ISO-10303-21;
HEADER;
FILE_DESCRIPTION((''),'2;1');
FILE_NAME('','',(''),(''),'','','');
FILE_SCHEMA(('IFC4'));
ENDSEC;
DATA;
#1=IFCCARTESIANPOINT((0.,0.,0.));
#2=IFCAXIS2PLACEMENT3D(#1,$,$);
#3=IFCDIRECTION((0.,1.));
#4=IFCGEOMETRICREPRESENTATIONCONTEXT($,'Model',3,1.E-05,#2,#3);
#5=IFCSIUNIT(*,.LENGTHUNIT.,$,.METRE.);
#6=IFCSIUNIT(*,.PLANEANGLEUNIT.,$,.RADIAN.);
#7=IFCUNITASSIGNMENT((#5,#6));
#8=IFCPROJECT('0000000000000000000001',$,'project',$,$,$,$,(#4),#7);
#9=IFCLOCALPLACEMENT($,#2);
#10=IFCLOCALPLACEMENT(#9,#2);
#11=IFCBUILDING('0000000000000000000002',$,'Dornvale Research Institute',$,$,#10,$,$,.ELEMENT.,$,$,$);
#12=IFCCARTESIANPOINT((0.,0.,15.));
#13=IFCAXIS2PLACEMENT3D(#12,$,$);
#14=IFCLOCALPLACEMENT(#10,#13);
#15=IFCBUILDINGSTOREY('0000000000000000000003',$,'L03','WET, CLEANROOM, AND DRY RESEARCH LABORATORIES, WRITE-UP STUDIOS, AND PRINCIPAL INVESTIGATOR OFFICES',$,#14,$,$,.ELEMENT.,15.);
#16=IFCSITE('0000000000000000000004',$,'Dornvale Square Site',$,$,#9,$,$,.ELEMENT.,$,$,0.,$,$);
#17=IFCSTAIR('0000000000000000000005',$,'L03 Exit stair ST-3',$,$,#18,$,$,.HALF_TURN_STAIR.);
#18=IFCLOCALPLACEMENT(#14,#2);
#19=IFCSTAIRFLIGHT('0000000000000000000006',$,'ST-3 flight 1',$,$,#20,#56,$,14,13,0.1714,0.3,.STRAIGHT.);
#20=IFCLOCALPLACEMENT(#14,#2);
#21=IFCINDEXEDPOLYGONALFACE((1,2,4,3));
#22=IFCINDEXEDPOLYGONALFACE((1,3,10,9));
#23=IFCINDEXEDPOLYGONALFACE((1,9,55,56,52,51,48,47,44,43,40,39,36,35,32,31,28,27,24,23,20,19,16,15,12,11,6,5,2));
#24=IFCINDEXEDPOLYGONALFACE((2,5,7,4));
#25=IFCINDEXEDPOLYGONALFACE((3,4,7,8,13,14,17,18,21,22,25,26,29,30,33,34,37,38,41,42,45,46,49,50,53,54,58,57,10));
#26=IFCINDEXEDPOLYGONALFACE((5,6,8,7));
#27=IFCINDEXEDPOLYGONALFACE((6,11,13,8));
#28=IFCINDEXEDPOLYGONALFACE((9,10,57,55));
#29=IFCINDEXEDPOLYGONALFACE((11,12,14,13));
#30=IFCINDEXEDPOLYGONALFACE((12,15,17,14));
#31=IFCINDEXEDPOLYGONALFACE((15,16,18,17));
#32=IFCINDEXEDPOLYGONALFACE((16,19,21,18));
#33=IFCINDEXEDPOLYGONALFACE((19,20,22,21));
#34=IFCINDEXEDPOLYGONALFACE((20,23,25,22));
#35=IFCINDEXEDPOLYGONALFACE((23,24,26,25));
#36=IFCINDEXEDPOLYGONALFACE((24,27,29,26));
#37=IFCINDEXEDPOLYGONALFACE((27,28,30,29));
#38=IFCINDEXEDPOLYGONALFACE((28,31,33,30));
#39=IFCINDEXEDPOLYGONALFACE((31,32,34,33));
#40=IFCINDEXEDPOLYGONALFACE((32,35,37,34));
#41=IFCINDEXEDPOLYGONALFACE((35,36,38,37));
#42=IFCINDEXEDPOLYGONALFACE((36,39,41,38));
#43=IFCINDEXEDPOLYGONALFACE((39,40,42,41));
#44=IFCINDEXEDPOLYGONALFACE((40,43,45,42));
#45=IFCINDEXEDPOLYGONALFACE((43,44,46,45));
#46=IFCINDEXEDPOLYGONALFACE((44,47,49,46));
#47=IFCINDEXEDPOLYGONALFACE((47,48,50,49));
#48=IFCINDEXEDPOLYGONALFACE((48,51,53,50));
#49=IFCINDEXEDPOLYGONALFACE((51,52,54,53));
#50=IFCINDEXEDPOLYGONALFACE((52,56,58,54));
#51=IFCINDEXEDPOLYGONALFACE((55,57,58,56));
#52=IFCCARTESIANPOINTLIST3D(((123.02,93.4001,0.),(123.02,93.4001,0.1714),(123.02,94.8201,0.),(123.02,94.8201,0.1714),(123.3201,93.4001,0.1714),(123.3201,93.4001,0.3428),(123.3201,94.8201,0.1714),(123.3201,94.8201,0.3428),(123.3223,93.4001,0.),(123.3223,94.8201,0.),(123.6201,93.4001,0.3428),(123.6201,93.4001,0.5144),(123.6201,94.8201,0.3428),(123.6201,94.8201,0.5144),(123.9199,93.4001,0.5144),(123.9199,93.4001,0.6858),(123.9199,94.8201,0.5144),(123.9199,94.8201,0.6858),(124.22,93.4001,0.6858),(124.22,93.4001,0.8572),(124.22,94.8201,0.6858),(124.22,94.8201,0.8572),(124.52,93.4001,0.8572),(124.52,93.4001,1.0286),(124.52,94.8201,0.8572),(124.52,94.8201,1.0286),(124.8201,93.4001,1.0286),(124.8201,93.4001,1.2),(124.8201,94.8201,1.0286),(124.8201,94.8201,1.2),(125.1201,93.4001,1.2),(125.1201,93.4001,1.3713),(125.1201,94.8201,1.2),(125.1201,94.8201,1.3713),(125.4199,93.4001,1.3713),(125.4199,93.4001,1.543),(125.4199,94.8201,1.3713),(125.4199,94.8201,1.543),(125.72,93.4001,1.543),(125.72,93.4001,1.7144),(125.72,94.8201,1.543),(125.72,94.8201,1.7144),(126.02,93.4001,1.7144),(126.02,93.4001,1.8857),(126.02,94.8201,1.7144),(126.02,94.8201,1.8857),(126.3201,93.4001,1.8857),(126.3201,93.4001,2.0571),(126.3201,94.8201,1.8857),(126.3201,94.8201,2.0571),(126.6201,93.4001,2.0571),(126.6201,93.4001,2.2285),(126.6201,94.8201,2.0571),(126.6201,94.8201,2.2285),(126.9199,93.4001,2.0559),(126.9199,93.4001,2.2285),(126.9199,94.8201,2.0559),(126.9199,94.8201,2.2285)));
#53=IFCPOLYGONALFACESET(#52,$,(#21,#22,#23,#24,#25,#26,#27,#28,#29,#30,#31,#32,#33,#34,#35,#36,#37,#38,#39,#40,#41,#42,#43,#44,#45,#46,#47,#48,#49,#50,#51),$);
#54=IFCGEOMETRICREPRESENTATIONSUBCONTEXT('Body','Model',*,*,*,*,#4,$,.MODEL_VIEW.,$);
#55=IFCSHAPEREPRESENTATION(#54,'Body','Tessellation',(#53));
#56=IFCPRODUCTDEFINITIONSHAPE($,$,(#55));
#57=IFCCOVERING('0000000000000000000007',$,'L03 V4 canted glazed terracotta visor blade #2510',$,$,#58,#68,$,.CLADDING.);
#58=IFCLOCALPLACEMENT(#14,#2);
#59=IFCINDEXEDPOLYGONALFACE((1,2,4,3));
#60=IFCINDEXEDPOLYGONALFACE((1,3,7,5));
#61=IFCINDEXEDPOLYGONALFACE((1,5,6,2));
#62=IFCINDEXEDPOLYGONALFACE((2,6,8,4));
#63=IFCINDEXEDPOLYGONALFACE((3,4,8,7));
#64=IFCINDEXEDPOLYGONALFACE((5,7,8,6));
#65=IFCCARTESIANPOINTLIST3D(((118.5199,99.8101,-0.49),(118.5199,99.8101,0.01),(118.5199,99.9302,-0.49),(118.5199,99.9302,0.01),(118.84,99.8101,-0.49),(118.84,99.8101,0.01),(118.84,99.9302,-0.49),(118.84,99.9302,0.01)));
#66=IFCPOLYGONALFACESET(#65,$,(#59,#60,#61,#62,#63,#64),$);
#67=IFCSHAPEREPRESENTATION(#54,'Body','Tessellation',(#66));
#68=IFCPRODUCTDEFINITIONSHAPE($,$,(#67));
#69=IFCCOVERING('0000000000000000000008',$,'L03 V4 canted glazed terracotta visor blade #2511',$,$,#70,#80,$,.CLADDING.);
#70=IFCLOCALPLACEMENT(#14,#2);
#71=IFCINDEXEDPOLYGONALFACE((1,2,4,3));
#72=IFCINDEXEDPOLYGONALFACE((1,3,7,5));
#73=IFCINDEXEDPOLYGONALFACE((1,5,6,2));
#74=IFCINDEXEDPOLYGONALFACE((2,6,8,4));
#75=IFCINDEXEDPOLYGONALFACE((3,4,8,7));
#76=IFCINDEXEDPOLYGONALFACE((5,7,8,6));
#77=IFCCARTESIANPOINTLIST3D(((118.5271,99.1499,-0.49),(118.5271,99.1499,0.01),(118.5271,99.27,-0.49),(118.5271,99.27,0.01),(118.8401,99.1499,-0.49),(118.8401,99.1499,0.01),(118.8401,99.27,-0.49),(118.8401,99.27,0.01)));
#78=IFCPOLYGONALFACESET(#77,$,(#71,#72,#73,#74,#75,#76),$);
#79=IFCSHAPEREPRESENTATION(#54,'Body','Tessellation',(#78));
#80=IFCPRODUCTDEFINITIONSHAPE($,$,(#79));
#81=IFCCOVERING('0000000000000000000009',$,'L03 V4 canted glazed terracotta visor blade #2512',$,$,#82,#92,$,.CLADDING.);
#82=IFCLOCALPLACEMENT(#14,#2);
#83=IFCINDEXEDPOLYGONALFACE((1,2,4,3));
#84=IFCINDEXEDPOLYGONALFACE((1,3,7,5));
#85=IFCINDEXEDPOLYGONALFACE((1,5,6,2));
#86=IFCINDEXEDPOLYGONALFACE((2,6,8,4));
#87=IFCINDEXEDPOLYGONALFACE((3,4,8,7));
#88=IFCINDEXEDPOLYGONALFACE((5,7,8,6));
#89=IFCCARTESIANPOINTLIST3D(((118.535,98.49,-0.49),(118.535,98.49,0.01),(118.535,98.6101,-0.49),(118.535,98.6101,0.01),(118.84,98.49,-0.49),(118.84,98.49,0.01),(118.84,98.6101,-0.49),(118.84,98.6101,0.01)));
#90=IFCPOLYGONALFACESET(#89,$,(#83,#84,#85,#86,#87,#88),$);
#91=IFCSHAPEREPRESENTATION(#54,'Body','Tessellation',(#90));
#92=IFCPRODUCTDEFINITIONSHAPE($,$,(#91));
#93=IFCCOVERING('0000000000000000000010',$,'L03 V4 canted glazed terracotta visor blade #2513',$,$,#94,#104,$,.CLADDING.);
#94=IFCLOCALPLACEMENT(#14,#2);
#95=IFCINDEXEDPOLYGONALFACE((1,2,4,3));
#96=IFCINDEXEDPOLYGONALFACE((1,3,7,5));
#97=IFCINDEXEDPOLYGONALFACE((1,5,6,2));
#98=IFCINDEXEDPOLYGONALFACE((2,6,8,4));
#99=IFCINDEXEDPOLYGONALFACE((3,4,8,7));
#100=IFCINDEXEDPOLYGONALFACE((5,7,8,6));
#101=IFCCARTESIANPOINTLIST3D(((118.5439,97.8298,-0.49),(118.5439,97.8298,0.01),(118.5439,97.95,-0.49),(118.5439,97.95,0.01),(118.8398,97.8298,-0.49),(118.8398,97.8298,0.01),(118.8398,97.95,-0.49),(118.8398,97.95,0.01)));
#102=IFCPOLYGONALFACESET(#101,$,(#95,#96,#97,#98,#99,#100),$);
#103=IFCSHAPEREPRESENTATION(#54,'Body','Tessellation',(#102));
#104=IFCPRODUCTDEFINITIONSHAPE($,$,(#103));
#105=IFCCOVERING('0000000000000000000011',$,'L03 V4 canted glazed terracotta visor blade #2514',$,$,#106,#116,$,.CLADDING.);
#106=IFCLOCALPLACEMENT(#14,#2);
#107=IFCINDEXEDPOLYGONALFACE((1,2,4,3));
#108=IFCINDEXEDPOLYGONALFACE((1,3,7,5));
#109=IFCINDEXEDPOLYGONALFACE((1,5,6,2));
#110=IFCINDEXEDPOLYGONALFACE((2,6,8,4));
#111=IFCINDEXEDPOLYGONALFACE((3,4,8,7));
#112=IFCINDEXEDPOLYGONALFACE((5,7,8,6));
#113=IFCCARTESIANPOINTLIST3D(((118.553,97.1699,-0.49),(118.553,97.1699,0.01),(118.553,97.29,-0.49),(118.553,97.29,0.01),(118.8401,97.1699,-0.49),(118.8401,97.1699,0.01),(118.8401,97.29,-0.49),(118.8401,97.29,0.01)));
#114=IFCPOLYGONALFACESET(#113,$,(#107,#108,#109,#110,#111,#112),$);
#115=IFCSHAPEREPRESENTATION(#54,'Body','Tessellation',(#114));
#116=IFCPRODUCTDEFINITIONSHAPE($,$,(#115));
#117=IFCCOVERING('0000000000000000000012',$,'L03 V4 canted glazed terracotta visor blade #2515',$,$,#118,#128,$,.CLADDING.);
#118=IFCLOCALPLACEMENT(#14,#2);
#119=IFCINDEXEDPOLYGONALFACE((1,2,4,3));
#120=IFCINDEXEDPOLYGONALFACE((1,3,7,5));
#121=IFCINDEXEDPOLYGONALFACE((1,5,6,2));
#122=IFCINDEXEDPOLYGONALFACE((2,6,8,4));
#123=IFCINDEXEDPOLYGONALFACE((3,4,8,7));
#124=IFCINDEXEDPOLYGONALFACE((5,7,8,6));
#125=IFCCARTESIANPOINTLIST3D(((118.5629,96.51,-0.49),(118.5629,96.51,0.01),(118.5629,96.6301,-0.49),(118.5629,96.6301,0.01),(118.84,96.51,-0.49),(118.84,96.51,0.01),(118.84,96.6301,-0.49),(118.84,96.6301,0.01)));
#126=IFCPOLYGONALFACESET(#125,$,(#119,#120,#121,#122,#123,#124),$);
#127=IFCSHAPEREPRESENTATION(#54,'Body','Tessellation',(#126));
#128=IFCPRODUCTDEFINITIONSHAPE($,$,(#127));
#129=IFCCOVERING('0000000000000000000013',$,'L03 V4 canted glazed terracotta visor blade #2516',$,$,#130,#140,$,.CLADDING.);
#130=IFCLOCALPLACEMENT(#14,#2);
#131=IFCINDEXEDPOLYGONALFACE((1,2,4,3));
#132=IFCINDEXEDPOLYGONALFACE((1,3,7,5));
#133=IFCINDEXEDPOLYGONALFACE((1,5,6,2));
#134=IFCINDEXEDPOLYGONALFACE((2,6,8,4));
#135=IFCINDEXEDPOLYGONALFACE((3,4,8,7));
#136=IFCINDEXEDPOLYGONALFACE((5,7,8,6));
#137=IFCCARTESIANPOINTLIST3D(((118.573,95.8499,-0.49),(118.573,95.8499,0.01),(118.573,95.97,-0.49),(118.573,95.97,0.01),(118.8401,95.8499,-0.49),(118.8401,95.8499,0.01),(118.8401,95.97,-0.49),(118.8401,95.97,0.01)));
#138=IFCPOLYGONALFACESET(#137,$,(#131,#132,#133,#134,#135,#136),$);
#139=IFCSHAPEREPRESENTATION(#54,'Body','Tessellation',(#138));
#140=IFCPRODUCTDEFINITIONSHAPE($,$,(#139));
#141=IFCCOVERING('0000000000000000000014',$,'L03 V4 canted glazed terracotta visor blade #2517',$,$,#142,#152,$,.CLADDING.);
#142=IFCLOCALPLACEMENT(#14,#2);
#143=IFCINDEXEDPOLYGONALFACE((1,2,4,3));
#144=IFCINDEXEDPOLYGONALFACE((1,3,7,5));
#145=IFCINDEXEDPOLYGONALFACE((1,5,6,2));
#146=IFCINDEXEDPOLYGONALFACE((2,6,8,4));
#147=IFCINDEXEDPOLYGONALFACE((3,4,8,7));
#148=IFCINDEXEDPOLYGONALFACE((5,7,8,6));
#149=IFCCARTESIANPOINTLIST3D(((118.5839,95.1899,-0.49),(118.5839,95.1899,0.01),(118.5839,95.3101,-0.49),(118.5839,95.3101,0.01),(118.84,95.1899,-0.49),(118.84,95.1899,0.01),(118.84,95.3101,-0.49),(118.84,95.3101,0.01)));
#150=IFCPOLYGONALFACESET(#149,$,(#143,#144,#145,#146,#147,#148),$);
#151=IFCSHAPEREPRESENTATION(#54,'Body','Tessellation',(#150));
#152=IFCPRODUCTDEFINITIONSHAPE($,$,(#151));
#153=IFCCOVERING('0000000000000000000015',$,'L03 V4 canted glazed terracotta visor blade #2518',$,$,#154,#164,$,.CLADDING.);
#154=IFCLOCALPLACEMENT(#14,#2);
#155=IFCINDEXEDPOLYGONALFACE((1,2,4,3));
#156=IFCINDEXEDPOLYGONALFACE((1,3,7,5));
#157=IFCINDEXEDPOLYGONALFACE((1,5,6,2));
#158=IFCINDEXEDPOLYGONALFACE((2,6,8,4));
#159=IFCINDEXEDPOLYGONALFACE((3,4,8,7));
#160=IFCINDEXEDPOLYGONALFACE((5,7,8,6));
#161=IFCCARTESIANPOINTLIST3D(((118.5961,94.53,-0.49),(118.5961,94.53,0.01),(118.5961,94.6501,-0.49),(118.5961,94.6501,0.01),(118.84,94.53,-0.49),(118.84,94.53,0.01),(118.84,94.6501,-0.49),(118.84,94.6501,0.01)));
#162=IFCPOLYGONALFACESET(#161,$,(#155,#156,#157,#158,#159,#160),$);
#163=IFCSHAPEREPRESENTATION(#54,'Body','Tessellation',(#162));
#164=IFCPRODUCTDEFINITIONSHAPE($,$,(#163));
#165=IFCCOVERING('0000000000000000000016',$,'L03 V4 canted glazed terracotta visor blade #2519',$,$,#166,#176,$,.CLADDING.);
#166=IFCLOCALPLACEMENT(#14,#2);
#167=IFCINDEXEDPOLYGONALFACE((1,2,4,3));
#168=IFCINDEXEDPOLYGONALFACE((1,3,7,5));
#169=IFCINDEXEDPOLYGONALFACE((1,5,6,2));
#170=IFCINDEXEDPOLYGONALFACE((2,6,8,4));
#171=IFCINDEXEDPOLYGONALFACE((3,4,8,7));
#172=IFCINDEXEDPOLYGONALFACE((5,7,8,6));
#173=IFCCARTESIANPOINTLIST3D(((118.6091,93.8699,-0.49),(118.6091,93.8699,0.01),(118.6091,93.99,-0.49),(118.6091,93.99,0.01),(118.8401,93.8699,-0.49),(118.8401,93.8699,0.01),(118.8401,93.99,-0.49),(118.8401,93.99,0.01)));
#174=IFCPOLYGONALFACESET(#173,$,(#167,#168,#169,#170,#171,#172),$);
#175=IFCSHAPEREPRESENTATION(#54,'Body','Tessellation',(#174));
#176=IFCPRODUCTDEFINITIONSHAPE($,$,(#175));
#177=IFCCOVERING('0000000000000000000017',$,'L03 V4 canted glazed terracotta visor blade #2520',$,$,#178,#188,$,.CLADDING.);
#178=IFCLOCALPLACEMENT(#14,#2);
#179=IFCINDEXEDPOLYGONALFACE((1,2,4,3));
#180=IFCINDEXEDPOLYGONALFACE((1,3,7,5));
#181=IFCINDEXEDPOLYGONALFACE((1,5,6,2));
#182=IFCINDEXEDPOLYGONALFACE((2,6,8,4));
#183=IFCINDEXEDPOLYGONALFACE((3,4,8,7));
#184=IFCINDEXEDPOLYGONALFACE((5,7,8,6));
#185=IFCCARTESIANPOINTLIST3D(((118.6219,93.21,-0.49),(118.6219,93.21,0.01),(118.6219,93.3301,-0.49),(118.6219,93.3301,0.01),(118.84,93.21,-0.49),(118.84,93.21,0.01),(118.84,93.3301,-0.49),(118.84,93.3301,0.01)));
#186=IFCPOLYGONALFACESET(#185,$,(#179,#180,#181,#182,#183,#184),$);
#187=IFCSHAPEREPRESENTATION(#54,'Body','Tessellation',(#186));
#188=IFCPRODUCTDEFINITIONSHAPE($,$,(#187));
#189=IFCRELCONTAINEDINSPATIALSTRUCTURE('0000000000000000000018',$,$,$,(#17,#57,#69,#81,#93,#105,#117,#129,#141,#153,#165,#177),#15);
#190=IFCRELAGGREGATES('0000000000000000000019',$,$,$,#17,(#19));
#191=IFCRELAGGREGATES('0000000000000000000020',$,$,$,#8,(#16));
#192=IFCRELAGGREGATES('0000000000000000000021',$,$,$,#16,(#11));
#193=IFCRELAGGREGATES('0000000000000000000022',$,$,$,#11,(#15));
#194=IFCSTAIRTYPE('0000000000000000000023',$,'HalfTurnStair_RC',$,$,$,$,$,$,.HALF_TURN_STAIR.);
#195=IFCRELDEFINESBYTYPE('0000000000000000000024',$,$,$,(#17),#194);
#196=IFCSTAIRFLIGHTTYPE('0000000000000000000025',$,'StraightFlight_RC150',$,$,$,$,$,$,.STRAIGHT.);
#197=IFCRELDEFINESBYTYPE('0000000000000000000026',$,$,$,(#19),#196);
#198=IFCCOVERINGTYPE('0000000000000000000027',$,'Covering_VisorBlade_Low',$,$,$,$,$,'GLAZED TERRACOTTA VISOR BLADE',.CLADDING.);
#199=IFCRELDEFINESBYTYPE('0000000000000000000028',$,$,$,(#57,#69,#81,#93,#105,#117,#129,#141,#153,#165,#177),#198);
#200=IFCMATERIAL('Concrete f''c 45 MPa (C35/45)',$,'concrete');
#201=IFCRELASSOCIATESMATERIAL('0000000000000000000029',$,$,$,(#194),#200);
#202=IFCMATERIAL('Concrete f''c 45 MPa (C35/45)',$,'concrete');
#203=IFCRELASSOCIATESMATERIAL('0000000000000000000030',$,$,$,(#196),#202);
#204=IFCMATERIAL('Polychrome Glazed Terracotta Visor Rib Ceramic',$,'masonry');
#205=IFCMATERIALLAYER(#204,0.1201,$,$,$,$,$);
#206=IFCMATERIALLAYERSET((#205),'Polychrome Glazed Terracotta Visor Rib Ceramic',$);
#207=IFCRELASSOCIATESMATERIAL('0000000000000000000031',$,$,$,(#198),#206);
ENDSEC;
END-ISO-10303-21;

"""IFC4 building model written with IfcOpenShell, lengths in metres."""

from ifc_helpers import new_model, si_unit, direction, frame, origin, origin_2d, place, context, subcontext, project, spatial, polyline, rectangle, outline, extrude, material, layer, layer_set, type_object, element, aggregate, save


model = new_model("IFC4")

# Units and contexts
model_context = context("Model", 3, precision=1e-05, world=origin(), true_north=direction((0.0, 1.0)))
body_context = subcontext(model_context, "Body", "Model", "MODEL_VIEW")
ifc_project = project(units=[si_unit("LENGTHUNIT", "METRE"), si_unit("PLANEANGLEUNIT", "RADIAN")], contexts=[model_context])

# Site, building, storey
site_placement = place(None, origin())
site = spatial("IfcSite", under=ifc_project, at=site_placement, Name="Dornvale Square Site", CompositionType="ELEMENT", RefElevation=0.0)
building_placement = place(site_placement, origin())
building = spatial("IfcBuilding", under=site, at=building_placement, Name="Dornvale Research Institute", CompositionType="ELEMENT")
storey_placement = place(building_placement, frame((0.0, 0.0, 15.0)))
storey = spatial("IfcBuildingStorey", under=building, at=storey_placement, Name="L03", Description="WET, CLEANROOM, AND DRY RESEARCH LABORATORIES, WRITE-UP STUDIOS, AND PRINCIPAL INVESTIGATOR OFFICES", CompositionType="ELEMENT", Elevation=15.0)

# Stair, stair flight
ifc_material_1 = material(Name="Concrete f'c 45 MPa (C35/45)", Category="concrete")
stair_type = type_object("IfcStairType", Name="HalfTurnStair_RC", PredefinedType="HALF_TURN_STAIR", material=ifc_material_1)
stair_placement = place(storey_placement, origin())
stair = element("IfcStair", 1, at=stair_placement, inside=storey, type_object=stair_type, Name="L03 Exit stair ST-3", PredefinedType="HALF_TURN_STAIR")
ifc_material_2 = material(Name="Concrete f'c 45 MPa (C35/45)", Category="concrete")
stair_flight_type = type_object("IfcStairFlightType", Name="StraightFlight_RC150", PredefinedType="STRAIGHT", material=ifc_material_2)
stair_flight_placement = place(storey_placement, frame((123.02, 94.1101, 0.0), z_axis=(0.0, 0.0, 1.0), x_axis=(1.0, 0.0, 0.0)))
stair_flight = element("IfcStairFlight", 2, at=stair_flight_placement, type_object=stair_flight_type, Name="ST-3 flight 1", NumberOfRisers=14, NumberOfTreads=13, PredefinedType="STRAIGHT", RiserHeight=0.1714, TreadLength=0.3, context=body_context, shape_type="SweptSolid", body=[
    extrude(outline(polyline([(0.0, 0.0), (0.0, 0.1714), (0.3, 0.1714), (0.3, 0.3428), (0.6001, 0.3428), (0.6001, 0.5144), (0.8999, 0.5144), (0.8999, 0.6858), (1.2, 0.6858), (1.2, 0.8572), (1.5, 0.8572), (1.5, 1.0286), (1.8, 1.0286), (1.8, 1.2), (2.1001, 1.2), (2.1001, 1.3713), (2.3999, 1.3713), (2.3999, 1.543), (2.7, 1.543), (2.7, 1.7144), (3.0, 1.7144), (3.0, 1.8857), (3.3, 1.8857), (3.3, 2.0571), (3.6001, 2.0571), (3.6001, 2.2285), (3.8999, 2.2285), (3.8999, 2.3999), (3.8999, 2.0559), (0.3022, 0.0), (0.0, 0.0)])), frame((0.0, 0.71, 0.0), z_axis=(0.0, -1.0, 0.0), x_axis=(1.0, 0.0, 0.0)), (0.0, 0.0, 1.0), 1.4199),
])
aggregate(stair, [stair_flight])

# Coverings
ifc_material_3 = material(Name="Polychrome Glazed Terracotta Visor Rib Ceramic", Category="masonry")
ifc_layer_1 = layer(ifc_material_3, 0.1201)
ifc_layer_set_1 = layer_set([ifc_layer_1], Name="Polychrome Glazed Terracotta Visor Rib Ceramic")
covering_type = type_object("IfcCoveringType", Name="Covering_VisorBlade_Low", ElementType="GLAZED TERRACOTTA VISOR BLADE", PredefinedType="CLADDING", material=ifc_layer_set_1)
covering_1_placement = place(storey_placement, frame((118.6799, 99.8701, -0.49), z_axis=(0.0, 0.0, 1.0), x_axis=(1.0, 0.0, 0.0)))
element("IfcCovering", 3, at=covering_1_placement, inside=storey, type_object=covering_type, Name="L03 V4 canted glazed terracotta visor blade #2510", PredefinedType="CLADDING", context=body_context, shape_type="SweptSolid", body=[
    extrude(rectangle(XDim=0.3201, YDim=0.1201, at=origin_2d()), origin(), (0.0, 0.0, 1.0), 0.5),
])
covering_2_placement = place(storey_placement, frame((118.6836, 99.21, -0.49), z_axis=(0.0, 0.0, 1.0), x_axis=(1.0, 0.0, 0.0)))
element("IfcCovering", 4, at=covering_2_placement, inside=storey, type_object=covering_type, Name="L03 V4 canted glazed terracotta visor blade #2511", PredefinedType="CLADDING", context=body_context, shape_type="SweptSolid", body=[
    extrude(rectangle(XDim=0.313, YDim=0.1201, at=origin_2d()), origin(), (0.0, 0.0, 1.0), 0.5),
])
covering_3_placement = place(storey_placement, frame((118.6875, 98.55, -0.49), z_axis=(0.0, 0.0, 1.0), x_axis=(1.0, 0.0, 0.0)))
element("IfcCovering", 5, at=covering_3_placement, inside=storey, type_object=covering_type, Name="L03 V4 canted glazed terracotta visor blade #2512", PredefinedType="CLADDING", context=body_context, shape_type="SweptSolid", body=[
    extrude(rectangle(XDim=0.3049, YDim=0.1201, at=origin_2d()), origin(), (0.0, 0.0, 1.0), 0.5),
])
covering_4_placement = place(storey_placement, frame((118.6919, 97.8899, -0.49), z_axis=(0.0, 0.0, 1.0), x_axis=(1.0, 0.0, 0.0)))
element("IfcCovering", 6, at=covering_4_placement, inside=storey, type_object=covering_type, Name="L03 V4 canted glazed terracotta visor blade #2513", PredefinedType="CLADDING", context=body_context, shape_type="SweptSolid", body=[
    extrude(rectangle(XDim=0.2959, YDim=0.1201, at=origin_2d()), origin(), (0.0, 0.0, 1.0), 0.5),
])
covering_5_placement = place(storey_placement, frame((118.6965, 97.23, -0.49), z_axis=(0.0, 0.0, 1.0), x_axis=(1.0, 0.0, 0.0)))
element("IfcCovering", 7, at=covering_5_placement, inside=storey, type_object=covering_type, Name="L03 V4 canted glazed terracotta visor blade #2514", PredefinedType="CLADDING", context=body_context, shape_type="SweptSolid", body=[
    extrude(rectangle(XDim=0.2871, YDim=0.1201, at=origin_2d()), origin(), (0.0, 0.0, 1.0), 0.5),
])
covering_6_placement = place(storey_placement, frame((118.7014, 96.5701, -0.49), z_axis=(0.0, 0.0, 1.0), x_axis=(1.0, 0.0, 0.0)))
element("IfcCovering", 8, at=covering_6_placement, inside=storey, type_object=covering_type, Name="L03 V4 canted glazed terracotta visor blade #2515", PredefinedType="CLADDING", context=body_context, shape_type="SweptSolid", body=[
    extrude(rectangle(XDim=0.2771, YDim=0.1201, at=origin_2d()), origin(), (0.0, 0.0, 1.0), 0.5),
])
covering_7_placement = place(storey_placement, frame((118.7065, 95.9099, -0.49), z_axis=(0.0, 0.0, 1.0), x_axis=(1.0, 0.0, 0.0)))
element("IfcCovering", 9, at=covering_7_placement, inside=storey, type_object=covering_type, Name="L03 V4 canted glazed terracotta visor blade #2516", PredefinedType="CLADDING", context=body_context, shape_type="SweptSolid", body=[
    extrude(rectangle(XDim=0.2671, YDim=0.1201, at=origin_2d()), origin(), (0.0, 0.0, 1.0), 0.5),
])
covering_8_placement = place(storey_placement, frame((118.7119, 95.25, -0.49), z_axis=(0.0, 0.0, 1.0), x_axis=(1.0, 0.0, 0.0)))
element("IfcCovering", 10, at=covering_8_placement, inside=storey, type_object=covering_type, Name="L03 V4 canted glazed terracotta visor blade #2517", PredefinedType="CLADDING", context=body_context, shape_type="SweptSolid", body=[
    extrude(rectangle(XDim=0.2561, YDim=0.1201, at=origin_2d()), origin(), (0.0, 0.0, 1.0), 0.5),
])
covering_9_placement = place(storey_placement, frame((118.718, 94.5901, -0.49), z_axis=(0.0, 0.0, 1.0), x_axis=(1.0, 0.0, 0.0)))
element("IfcCovering", 11, at=covering_9_placement, inside=storey, type_object=covering_type, Name="L03 V4 canted glazed terracotta visor blade #2518", PredefinedType="CLADDING", context=body_context, shape_type="SweptSolid", body=[
    extrude(rectangle(XDim=0.2439, YDim=0.1201, at=origin_2d()), origin(), (0.0, 0.0, 1.0), 0.5),
])
covering_10_placement = place(storey_placement, frame((118.7246, 93.9299, -0.49), z_axis=(0.0, 0.0, 1.0), x_axis=(1.0, 0.0, 0.0)))
element("IfcCovering", 12, at=covering_10_placement, inside=storey, type_object=covering_type, Name="L03 V4 canted glazed terracotta visor blade #2519", PredefinedType="CLADDING", context=body_context, shape_type="SweptSolid", body=[
    extrude(rectangle(XDim=0.231, YDim=0.1201, at=origin_2d()), origin(), (0.0, 0.0, 1.0), 0.5),
])
covering_11_placement = place(storey_placement, frame((118.731, 93.27, -0.49), z_axis=(0.0, 0.0, 1.0), x_axis=(1.0, 0.0, 0.0)))
element("IfcCovering", 13, at=covering_11_placement, inside=storey, type_object=covering_type, Name="L03 V4 canted glazed terracotta visor blade #2520", PredefinedType="CLADDING", context=body_context, shape_type="SweptSolid", body=[
    extrude(rectangle(XDim=0.218, YDim=0.1201, at=origin_2d()), origin(), (0.0, 0.0, 1.0), 0.5),
])

save(model, "model.ifc")
